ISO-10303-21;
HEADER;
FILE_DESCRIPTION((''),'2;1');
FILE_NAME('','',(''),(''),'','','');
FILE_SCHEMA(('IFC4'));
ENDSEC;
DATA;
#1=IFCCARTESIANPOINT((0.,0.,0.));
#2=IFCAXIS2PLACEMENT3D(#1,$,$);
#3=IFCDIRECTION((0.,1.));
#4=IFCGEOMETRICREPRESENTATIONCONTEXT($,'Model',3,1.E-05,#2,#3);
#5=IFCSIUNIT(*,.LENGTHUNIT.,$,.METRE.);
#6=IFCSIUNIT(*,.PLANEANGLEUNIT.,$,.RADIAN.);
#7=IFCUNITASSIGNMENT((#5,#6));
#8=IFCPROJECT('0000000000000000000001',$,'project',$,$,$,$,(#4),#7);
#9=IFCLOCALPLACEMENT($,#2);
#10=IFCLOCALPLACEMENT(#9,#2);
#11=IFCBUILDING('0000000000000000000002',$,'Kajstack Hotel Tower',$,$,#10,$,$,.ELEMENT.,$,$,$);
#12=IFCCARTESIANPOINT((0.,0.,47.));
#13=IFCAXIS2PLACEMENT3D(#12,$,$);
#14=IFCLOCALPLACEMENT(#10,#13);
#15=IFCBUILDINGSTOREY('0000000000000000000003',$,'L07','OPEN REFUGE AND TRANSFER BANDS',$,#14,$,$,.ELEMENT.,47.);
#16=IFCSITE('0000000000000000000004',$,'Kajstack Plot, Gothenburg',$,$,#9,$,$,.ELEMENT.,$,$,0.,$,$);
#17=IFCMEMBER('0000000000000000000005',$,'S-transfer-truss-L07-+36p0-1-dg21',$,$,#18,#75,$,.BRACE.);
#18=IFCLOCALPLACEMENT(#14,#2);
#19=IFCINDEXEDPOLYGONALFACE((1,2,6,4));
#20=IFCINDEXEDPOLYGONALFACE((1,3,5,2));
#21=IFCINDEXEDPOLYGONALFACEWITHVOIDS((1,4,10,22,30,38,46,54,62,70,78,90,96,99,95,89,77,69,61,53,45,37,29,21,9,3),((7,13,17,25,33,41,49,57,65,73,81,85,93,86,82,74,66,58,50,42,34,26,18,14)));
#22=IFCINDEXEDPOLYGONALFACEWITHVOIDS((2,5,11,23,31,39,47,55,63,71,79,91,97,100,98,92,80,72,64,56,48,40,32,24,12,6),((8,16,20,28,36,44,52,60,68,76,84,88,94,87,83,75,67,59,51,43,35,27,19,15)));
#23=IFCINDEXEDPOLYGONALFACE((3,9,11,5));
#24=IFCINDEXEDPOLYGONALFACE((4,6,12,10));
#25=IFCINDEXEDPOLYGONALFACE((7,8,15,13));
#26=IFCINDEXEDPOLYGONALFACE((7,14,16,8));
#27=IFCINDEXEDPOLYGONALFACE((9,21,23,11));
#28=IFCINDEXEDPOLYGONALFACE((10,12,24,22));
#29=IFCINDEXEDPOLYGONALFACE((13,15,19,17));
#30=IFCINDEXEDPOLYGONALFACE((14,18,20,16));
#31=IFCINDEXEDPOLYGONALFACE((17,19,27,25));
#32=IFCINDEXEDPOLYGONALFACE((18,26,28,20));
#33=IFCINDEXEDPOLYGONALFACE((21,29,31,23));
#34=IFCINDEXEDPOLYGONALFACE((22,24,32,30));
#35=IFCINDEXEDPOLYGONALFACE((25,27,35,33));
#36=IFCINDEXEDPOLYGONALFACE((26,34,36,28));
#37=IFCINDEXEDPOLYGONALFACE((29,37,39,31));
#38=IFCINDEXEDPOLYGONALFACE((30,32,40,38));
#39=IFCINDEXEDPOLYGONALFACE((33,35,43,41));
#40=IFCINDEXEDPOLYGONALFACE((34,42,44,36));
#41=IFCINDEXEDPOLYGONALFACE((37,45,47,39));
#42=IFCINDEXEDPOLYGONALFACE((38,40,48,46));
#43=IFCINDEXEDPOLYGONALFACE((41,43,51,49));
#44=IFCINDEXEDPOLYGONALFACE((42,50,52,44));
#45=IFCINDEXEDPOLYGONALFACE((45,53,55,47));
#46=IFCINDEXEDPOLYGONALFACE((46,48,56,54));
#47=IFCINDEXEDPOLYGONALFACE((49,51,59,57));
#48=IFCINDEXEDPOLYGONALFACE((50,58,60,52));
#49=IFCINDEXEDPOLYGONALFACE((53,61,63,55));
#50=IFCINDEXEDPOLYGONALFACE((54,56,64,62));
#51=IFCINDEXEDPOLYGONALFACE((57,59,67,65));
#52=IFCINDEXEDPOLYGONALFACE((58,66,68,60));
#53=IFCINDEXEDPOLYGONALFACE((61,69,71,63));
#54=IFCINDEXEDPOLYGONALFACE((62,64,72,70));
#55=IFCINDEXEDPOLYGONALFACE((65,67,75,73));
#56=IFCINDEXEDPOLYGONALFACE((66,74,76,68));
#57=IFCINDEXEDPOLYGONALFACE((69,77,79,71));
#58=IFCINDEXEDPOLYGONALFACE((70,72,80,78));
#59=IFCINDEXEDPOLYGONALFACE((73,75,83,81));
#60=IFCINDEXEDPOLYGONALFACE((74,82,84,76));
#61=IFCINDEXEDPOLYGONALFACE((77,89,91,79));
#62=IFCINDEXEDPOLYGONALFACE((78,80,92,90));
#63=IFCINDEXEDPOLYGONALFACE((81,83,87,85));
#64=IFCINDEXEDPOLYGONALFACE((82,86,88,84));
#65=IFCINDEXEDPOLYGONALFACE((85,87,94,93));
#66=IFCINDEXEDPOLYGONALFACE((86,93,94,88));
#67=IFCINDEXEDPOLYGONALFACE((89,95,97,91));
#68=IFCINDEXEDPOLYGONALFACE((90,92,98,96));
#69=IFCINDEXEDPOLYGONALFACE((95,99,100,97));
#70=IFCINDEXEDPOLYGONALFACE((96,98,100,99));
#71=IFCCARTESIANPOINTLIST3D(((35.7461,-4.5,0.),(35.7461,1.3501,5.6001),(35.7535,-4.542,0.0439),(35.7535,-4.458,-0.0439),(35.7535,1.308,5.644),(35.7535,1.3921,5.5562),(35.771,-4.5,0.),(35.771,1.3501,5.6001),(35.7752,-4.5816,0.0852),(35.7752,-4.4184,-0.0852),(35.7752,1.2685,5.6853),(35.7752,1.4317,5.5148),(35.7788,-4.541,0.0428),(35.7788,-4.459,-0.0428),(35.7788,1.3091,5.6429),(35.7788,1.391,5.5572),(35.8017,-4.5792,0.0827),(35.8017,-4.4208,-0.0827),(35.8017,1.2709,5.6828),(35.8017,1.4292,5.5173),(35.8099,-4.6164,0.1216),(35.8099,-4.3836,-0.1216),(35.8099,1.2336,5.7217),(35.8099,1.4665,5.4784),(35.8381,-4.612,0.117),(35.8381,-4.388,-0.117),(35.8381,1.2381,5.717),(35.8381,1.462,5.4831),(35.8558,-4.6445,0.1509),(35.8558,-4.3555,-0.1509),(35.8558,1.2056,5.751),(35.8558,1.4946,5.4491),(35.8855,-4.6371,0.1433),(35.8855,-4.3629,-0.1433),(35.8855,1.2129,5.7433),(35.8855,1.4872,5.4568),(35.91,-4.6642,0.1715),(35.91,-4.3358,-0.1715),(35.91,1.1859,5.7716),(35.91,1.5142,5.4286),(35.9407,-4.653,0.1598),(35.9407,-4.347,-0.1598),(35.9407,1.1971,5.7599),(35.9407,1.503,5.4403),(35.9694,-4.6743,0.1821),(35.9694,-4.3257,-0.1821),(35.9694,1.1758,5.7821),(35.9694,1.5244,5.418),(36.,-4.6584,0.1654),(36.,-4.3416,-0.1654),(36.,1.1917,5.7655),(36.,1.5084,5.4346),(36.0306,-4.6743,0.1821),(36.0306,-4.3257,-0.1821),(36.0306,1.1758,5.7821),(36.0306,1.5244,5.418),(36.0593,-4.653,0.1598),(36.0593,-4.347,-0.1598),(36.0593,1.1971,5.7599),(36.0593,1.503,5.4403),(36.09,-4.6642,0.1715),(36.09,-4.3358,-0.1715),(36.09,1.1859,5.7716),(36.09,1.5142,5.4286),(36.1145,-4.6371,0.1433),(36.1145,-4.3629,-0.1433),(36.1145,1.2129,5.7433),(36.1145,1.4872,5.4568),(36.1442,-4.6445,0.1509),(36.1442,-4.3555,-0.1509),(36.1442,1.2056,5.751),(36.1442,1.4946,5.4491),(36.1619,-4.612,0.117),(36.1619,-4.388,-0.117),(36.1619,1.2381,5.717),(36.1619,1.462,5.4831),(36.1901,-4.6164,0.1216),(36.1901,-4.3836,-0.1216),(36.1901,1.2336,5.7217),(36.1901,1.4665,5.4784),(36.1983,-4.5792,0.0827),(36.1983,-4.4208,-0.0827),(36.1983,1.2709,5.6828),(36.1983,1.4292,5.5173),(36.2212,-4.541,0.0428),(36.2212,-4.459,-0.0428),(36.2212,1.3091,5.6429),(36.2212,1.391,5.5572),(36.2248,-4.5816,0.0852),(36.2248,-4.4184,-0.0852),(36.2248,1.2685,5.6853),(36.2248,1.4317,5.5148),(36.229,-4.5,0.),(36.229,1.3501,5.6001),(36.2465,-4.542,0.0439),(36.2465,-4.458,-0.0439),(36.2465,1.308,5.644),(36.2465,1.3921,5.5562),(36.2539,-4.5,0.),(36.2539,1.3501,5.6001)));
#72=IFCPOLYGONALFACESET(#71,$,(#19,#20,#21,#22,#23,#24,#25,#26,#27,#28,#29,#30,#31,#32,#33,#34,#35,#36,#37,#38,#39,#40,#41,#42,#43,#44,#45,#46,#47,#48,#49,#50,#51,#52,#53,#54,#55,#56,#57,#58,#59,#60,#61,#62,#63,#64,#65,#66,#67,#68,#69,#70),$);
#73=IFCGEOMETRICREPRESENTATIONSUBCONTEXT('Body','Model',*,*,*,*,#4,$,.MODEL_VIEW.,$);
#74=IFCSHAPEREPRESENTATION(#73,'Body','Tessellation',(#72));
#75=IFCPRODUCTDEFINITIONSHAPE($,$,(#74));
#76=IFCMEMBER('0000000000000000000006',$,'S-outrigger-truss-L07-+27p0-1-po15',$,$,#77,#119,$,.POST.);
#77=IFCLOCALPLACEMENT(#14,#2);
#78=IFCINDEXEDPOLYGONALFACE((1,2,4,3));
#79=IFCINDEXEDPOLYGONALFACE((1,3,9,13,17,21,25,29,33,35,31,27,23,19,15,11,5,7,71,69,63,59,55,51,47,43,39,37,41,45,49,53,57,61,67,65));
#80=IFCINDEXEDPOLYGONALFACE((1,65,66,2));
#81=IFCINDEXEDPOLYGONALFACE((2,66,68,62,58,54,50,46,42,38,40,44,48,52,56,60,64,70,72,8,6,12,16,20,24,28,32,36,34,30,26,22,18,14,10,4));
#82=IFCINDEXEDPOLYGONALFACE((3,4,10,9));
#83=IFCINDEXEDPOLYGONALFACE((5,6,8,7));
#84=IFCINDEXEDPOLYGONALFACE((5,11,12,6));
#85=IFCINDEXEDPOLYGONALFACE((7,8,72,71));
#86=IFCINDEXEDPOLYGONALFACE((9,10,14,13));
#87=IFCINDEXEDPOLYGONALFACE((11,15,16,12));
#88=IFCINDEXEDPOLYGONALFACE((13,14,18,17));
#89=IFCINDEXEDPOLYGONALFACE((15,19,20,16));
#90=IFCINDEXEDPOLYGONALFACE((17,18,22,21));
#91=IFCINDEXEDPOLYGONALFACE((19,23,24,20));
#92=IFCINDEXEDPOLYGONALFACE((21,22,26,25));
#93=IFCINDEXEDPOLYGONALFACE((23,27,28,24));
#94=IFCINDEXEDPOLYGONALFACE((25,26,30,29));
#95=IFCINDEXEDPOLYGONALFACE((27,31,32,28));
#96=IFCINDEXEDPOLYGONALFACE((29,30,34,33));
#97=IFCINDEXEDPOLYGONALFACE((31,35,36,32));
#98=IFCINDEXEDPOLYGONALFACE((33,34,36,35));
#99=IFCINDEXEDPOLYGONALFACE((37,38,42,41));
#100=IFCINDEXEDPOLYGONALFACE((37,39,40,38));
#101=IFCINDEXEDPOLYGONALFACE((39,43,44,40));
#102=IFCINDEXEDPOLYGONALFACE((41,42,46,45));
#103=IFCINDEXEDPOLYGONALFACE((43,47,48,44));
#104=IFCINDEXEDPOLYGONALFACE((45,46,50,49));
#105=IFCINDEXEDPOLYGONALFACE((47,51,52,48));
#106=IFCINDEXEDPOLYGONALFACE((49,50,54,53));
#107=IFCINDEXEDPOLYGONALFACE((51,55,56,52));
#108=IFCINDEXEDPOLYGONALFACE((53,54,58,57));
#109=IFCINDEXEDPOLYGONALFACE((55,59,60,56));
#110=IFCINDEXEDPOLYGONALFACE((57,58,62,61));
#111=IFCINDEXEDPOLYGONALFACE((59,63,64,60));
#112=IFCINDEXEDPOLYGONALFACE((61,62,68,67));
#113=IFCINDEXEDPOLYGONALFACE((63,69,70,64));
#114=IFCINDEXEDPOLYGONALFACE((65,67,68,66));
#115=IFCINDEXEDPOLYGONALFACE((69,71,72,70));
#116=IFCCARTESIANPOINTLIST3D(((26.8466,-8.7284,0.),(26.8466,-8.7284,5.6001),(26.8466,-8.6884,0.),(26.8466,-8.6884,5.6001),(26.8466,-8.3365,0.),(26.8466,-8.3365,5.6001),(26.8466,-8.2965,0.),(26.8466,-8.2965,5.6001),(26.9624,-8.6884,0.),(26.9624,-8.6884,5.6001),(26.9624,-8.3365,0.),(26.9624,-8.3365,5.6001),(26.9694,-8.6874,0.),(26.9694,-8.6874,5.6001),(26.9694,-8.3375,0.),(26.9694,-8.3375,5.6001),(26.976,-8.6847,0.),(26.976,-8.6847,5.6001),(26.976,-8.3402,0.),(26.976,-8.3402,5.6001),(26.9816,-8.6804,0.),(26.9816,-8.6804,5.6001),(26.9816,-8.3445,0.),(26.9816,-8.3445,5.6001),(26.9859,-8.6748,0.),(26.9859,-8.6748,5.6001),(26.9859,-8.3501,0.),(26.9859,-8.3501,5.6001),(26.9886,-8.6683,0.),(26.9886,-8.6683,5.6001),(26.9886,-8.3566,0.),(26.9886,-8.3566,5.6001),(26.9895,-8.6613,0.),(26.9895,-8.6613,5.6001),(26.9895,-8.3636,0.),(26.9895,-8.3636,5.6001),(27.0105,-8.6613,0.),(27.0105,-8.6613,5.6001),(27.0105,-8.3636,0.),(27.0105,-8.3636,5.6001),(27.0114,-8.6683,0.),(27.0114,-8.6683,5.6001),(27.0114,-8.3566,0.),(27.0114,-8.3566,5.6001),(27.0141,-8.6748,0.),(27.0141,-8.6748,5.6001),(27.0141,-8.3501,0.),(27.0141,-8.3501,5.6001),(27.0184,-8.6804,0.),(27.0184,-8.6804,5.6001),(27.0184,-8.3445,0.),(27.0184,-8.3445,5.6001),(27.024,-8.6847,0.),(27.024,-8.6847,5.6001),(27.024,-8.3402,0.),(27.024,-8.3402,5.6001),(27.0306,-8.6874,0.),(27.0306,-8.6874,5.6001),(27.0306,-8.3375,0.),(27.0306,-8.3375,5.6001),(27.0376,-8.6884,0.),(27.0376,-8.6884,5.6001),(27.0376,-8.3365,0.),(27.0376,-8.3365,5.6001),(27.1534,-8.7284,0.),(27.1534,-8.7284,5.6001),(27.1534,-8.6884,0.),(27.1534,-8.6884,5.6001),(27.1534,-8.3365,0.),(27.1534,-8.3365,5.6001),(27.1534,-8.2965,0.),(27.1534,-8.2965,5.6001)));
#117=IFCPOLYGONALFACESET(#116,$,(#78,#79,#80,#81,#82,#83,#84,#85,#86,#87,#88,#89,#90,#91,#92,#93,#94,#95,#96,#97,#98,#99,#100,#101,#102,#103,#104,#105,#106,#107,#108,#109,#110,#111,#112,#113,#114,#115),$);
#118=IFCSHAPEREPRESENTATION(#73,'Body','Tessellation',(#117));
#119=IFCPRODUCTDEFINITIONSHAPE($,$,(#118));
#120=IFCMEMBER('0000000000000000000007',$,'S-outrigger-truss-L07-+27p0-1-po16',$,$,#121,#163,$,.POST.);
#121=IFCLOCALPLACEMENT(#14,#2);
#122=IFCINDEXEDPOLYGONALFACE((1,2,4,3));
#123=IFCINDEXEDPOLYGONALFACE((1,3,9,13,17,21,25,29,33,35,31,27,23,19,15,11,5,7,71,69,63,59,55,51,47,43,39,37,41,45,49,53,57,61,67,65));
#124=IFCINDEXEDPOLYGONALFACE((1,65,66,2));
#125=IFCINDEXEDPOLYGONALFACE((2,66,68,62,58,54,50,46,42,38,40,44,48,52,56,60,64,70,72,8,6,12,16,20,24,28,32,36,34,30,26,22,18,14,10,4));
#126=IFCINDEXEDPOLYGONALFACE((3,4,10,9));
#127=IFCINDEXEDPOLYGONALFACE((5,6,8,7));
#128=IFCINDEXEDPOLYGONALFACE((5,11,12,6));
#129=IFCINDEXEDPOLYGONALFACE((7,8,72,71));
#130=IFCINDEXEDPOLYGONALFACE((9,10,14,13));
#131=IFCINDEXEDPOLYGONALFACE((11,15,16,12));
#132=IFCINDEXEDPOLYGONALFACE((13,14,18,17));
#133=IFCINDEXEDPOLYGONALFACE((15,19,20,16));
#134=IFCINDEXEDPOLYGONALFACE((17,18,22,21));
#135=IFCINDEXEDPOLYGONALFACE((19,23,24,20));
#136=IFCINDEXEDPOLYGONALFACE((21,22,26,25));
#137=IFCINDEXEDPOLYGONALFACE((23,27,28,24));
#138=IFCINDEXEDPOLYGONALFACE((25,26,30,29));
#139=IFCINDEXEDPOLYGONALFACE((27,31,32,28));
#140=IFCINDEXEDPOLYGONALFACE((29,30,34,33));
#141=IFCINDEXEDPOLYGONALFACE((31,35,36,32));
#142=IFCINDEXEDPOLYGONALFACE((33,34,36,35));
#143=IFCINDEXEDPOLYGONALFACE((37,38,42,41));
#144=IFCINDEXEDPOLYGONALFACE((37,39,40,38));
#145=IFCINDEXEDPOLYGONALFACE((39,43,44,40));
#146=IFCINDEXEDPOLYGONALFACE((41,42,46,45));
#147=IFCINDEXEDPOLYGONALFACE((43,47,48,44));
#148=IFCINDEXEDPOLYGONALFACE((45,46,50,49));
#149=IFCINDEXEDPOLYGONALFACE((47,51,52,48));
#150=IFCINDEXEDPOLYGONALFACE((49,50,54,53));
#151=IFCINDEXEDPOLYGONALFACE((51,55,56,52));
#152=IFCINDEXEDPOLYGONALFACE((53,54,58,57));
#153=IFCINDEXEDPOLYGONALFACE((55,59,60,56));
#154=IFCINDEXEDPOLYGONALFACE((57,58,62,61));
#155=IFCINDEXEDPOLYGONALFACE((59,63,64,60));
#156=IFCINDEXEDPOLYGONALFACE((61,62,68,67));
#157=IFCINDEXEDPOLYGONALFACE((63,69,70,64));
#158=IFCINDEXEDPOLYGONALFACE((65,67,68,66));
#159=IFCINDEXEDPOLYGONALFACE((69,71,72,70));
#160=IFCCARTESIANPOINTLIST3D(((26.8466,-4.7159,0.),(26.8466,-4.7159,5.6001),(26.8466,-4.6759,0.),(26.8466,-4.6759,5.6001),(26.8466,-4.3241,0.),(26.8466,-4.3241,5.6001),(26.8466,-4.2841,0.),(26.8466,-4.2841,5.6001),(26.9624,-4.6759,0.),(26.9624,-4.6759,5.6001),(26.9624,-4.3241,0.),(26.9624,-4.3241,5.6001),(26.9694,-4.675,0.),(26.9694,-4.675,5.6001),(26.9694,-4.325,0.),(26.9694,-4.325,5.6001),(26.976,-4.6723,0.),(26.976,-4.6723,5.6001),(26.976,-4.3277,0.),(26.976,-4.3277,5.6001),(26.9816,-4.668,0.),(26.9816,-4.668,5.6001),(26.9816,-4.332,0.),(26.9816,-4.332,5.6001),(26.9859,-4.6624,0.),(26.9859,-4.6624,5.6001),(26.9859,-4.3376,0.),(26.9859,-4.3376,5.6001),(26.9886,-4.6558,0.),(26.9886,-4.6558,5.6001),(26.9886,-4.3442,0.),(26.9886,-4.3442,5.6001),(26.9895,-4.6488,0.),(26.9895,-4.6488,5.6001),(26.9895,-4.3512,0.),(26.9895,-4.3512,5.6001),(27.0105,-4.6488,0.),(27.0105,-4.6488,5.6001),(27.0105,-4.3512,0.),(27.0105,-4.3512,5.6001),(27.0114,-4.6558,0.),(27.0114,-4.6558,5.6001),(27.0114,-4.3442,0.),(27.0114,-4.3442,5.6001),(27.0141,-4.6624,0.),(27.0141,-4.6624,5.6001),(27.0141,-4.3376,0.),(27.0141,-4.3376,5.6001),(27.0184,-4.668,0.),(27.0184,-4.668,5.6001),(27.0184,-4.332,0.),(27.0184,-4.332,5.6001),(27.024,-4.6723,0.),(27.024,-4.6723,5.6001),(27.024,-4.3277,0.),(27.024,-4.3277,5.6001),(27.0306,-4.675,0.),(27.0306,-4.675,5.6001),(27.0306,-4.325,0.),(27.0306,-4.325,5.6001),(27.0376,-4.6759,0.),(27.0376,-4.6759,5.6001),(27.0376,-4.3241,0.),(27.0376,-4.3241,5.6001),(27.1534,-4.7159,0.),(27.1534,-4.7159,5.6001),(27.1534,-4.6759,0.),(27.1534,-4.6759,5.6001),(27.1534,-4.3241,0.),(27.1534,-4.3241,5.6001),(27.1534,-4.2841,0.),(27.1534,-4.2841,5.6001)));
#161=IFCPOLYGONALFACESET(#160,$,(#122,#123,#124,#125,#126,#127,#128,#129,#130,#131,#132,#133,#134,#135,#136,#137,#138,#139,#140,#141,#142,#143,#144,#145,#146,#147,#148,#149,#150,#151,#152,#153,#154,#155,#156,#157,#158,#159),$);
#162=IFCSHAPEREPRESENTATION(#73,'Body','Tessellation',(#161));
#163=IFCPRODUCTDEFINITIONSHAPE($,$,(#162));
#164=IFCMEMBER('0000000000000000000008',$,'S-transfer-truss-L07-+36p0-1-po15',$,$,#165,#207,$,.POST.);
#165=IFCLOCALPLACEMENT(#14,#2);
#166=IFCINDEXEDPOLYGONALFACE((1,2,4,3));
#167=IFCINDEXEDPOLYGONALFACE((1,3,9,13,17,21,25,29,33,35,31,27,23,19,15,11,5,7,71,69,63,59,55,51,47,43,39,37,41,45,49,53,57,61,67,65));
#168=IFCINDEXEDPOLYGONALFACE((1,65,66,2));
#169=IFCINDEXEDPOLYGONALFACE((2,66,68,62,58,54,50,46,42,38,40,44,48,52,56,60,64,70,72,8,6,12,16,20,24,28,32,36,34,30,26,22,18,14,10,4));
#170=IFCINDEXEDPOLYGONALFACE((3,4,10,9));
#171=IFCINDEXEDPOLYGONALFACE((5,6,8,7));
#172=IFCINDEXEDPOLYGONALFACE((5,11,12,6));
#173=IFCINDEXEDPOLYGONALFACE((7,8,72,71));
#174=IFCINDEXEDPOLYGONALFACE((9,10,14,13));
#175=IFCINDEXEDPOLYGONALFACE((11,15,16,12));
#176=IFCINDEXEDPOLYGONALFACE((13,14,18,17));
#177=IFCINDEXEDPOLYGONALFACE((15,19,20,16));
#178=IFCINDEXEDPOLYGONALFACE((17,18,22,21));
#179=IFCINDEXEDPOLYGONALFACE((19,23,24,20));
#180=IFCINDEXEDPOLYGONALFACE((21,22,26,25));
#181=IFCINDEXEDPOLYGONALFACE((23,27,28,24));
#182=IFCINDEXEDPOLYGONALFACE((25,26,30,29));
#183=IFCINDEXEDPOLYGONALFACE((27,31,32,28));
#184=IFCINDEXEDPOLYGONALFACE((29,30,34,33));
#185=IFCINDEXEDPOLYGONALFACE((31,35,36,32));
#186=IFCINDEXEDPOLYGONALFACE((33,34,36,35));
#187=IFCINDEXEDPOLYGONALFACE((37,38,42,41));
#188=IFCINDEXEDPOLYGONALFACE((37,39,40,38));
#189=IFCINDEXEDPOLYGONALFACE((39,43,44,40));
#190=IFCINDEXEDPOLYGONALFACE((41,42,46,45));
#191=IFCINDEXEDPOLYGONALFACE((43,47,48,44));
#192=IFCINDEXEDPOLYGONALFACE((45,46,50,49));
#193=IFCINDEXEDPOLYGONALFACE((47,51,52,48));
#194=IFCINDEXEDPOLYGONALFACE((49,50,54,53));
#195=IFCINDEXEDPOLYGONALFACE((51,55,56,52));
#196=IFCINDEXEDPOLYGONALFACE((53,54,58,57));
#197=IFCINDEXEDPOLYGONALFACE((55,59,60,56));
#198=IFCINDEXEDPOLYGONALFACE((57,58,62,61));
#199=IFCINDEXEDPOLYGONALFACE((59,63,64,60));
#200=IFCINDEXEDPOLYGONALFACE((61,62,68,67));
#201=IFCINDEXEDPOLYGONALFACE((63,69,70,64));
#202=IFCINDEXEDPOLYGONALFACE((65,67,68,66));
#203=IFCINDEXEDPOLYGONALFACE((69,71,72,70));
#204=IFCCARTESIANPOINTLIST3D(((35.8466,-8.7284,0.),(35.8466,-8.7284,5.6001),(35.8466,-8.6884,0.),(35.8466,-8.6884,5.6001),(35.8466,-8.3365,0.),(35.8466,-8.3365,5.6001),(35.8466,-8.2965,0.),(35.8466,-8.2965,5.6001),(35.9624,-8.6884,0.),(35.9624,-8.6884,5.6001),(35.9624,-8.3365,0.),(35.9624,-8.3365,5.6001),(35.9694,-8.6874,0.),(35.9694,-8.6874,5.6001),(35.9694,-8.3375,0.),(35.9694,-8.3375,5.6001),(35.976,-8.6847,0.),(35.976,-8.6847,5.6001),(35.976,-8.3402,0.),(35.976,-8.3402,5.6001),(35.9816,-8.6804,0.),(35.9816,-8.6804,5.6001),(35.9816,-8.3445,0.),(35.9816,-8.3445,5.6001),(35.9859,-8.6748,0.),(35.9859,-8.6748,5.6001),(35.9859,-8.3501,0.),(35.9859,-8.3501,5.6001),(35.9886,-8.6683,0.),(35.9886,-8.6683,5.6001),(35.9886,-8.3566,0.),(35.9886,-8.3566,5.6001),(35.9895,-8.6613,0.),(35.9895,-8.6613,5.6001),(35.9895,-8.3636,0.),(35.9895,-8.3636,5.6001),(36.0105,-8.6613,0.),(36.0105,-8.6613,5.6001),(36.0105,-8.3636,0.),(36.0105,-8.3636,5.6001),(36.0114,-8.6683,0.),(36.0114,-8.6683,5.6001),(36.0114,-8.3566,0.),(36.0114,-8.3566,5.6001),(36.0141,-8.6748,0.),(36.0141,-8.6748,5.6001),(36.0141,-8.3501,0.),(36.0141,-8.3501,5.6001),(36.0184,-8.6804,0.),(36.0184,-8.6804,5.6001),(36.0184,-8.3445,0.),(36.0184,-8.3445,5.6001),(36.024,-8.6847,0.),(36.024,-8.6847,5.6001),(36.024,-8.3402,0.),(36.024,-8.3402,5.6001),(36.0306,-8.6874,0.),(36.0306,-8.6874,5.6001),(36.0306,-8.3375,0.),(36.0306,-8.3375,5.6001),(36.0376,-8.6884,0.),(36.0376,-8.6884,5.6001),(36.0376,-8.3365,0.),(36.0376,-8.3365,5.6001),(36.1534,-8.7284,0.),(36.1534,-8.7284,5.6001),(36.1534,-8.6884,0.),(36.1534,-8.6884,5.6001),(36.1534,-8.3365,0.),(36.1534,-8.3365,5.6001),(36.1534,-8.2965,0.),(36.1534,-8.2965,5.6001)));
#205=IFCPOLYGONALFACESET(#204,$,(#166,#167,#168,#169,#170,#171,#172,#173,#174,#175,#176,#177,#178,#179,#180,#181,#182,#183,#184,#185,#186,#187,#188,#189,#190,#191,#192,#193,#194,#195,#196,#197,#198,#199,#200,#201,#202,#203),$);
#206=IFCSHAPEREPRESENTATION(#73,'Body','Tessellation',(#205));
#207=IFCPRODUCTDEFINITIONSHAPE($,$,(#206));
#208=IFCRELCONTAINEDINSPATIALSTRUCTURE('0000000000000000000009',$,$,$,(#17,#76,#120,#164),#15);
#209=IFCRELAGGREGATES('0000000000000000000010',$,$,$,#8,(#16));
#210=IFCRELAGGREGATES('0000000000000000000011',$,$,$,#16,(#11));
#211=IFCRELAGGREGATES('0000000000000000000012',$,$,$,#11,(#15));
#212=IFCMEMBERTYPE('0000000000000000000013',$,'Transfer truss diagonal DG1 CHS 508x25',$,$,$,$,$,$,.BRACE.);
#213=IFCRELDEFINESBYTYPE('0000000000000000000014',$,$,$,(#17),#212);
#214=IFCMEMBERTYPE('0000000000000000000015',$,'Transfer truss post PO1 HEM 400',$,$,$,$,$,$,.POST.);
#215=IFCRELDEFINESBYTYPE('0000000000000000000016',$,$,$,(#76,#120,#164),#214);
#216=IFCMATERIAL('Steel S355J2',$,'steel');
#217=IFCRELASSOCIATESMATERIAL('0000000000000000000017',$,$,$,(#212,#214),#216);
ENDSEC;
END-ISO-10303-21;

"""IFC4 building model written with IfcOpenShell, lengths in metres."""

from ifc_helpers import new_model, si_unit, direction, frame, origin, origin_2d, place, context, subcontext, project, spatial, hollow_circle, i_section, extrude, material, material_profile, profile_set, type_object, element, save


model = new_model("IFC4")

# Units and contexts
model_context = context("Model", 3, precision=1e-05, world=origin(), true_north=direction((0.0, 1.0)))
body_context = subcontext(model_context, "Body", "Model", "MODEL_VIEW")
ifc_project = project(units=[si_unit("LENGTHUNIT", "METRE"), si_unit("PLANEANGLEUNIT", "RADIAN")], contexts=[model_context])

# Site, building, storey
site_placement = place(None, origin())
site = spatial("IfcSite", under=ifc_project, at=site_placement, Name="Kajstack Plot, Gothenburg", CompositionType="ELEMENT", RefElevation=0.0)
building_placement = place(site_placement, origin())
building = spatial("IfcBuilding", under=site, at=building_placement, Name="Kajstack Hotel Tower", CompositionType="ELEMENT")
storey_placement = place(building_placement, frame((0.0, 0.0, 47.0)))
storey = spatial("IfcBuildingStorey", under=building, at=storey_placement, Name="L07", Description="OPEN REFUGE AND TRANSFER BANDS", CompositionType="ELEMENT", Elevation=47.0)

# Members
ifc_material = material(Name="Steel S355J2", Category="steel")
ifc_material_profile_1 = material_profile(ifc_material, hollow_circle(Radius=0.2539, WallThickness=0.0249, at=origin_2d()), Name="CHS 508x25")
ifc_profile_set_1 = profile_set([ifc_material_profile_1], Name="Steel S355J2")
member_type_1 = type_object("IfcMemberType", Name="Transfer truss diagonal DG1 CHS 508x25", PredefinedType="BRACE", material=ifc_profile_set_1)
member_1_placement = place(storey_placement, frame((36.0, -4.5, 0.0), z_axis=(0.0, 0.722373, 0.691503), x_axis=(-1.0, 0.0, 0.0)))
element("IfcMember", 1, at=member_1_placement, inside=storey, type_object=member_type_1, Name="S-transfer-truss-L07-+36p0-1-dg21", PredefinedType="BRACE", context=body_context, shape_type="SweptSolid", body=[
    extrude(hollow_circle(Radius=0.2539, WallThickness=0.0249, at=origin_2d()), origin(), (0.0, 0.0, 1.0), 8.0984),
])
ifc_material_profile_2 = material_profile(ifc_material, i_section(OverallWidth=0.3069, OverallDepth=0.4319, WebThickness=0.021, FlangeThickness=0.04, FilletRadius=0.0271, at=origin_2d()), Name="HEM 400")
ifc_profile_set_2 = profile_set([ifc_material_profile_2], Name="Steel S355J2")
member_type_2 = type_object("IfcMemberType", Name="Transfer truss post PO1 HEM 400", PredefinedType="POST", material=ifc_profile_set_2)
for number, where, z_axis, x_axis, name in (
    (2, (27.0, -8.5125, 0.0), (0.0, 0.0, 1.0), (1.0, 0.0, 0.0), "S-outrigger-truss-L07-+27p0-1-po15"),
    (3, (27.0, -4.5, 0.0), (0.0, 0.0, 1.0), (1.0, 0.0, 0.0), "S-outrigger-truss-L07-+27p0-1-po16"),
    (4, (36.0, -8.5125, 0.0), (0.0, 0.0, 1.0), (1.0, 0.0, 0.0), "S-transfer-truss-L07-+36p0-1-po15"),
):
    element("IfcMember", number, at=place(storey_placement, frame(where, z_axis=z_axis, x_axis=x_axis)), inside=storey, type_object=member_type_2, Name=name, PredefinedType="POST", context=body_context, shape_type="SweptSolid", body=[
        extrude(i_section(OverallWidth=0.3069, OverallDepth=0.4319, WebThickness=0.021, FlangeThickness=0.04, FilletRadius=0.0271, at=origin_2d()), origin(), (0.0, 0.0, 1.0), 5.6001),
    ])

save(model, "model.ifc")
